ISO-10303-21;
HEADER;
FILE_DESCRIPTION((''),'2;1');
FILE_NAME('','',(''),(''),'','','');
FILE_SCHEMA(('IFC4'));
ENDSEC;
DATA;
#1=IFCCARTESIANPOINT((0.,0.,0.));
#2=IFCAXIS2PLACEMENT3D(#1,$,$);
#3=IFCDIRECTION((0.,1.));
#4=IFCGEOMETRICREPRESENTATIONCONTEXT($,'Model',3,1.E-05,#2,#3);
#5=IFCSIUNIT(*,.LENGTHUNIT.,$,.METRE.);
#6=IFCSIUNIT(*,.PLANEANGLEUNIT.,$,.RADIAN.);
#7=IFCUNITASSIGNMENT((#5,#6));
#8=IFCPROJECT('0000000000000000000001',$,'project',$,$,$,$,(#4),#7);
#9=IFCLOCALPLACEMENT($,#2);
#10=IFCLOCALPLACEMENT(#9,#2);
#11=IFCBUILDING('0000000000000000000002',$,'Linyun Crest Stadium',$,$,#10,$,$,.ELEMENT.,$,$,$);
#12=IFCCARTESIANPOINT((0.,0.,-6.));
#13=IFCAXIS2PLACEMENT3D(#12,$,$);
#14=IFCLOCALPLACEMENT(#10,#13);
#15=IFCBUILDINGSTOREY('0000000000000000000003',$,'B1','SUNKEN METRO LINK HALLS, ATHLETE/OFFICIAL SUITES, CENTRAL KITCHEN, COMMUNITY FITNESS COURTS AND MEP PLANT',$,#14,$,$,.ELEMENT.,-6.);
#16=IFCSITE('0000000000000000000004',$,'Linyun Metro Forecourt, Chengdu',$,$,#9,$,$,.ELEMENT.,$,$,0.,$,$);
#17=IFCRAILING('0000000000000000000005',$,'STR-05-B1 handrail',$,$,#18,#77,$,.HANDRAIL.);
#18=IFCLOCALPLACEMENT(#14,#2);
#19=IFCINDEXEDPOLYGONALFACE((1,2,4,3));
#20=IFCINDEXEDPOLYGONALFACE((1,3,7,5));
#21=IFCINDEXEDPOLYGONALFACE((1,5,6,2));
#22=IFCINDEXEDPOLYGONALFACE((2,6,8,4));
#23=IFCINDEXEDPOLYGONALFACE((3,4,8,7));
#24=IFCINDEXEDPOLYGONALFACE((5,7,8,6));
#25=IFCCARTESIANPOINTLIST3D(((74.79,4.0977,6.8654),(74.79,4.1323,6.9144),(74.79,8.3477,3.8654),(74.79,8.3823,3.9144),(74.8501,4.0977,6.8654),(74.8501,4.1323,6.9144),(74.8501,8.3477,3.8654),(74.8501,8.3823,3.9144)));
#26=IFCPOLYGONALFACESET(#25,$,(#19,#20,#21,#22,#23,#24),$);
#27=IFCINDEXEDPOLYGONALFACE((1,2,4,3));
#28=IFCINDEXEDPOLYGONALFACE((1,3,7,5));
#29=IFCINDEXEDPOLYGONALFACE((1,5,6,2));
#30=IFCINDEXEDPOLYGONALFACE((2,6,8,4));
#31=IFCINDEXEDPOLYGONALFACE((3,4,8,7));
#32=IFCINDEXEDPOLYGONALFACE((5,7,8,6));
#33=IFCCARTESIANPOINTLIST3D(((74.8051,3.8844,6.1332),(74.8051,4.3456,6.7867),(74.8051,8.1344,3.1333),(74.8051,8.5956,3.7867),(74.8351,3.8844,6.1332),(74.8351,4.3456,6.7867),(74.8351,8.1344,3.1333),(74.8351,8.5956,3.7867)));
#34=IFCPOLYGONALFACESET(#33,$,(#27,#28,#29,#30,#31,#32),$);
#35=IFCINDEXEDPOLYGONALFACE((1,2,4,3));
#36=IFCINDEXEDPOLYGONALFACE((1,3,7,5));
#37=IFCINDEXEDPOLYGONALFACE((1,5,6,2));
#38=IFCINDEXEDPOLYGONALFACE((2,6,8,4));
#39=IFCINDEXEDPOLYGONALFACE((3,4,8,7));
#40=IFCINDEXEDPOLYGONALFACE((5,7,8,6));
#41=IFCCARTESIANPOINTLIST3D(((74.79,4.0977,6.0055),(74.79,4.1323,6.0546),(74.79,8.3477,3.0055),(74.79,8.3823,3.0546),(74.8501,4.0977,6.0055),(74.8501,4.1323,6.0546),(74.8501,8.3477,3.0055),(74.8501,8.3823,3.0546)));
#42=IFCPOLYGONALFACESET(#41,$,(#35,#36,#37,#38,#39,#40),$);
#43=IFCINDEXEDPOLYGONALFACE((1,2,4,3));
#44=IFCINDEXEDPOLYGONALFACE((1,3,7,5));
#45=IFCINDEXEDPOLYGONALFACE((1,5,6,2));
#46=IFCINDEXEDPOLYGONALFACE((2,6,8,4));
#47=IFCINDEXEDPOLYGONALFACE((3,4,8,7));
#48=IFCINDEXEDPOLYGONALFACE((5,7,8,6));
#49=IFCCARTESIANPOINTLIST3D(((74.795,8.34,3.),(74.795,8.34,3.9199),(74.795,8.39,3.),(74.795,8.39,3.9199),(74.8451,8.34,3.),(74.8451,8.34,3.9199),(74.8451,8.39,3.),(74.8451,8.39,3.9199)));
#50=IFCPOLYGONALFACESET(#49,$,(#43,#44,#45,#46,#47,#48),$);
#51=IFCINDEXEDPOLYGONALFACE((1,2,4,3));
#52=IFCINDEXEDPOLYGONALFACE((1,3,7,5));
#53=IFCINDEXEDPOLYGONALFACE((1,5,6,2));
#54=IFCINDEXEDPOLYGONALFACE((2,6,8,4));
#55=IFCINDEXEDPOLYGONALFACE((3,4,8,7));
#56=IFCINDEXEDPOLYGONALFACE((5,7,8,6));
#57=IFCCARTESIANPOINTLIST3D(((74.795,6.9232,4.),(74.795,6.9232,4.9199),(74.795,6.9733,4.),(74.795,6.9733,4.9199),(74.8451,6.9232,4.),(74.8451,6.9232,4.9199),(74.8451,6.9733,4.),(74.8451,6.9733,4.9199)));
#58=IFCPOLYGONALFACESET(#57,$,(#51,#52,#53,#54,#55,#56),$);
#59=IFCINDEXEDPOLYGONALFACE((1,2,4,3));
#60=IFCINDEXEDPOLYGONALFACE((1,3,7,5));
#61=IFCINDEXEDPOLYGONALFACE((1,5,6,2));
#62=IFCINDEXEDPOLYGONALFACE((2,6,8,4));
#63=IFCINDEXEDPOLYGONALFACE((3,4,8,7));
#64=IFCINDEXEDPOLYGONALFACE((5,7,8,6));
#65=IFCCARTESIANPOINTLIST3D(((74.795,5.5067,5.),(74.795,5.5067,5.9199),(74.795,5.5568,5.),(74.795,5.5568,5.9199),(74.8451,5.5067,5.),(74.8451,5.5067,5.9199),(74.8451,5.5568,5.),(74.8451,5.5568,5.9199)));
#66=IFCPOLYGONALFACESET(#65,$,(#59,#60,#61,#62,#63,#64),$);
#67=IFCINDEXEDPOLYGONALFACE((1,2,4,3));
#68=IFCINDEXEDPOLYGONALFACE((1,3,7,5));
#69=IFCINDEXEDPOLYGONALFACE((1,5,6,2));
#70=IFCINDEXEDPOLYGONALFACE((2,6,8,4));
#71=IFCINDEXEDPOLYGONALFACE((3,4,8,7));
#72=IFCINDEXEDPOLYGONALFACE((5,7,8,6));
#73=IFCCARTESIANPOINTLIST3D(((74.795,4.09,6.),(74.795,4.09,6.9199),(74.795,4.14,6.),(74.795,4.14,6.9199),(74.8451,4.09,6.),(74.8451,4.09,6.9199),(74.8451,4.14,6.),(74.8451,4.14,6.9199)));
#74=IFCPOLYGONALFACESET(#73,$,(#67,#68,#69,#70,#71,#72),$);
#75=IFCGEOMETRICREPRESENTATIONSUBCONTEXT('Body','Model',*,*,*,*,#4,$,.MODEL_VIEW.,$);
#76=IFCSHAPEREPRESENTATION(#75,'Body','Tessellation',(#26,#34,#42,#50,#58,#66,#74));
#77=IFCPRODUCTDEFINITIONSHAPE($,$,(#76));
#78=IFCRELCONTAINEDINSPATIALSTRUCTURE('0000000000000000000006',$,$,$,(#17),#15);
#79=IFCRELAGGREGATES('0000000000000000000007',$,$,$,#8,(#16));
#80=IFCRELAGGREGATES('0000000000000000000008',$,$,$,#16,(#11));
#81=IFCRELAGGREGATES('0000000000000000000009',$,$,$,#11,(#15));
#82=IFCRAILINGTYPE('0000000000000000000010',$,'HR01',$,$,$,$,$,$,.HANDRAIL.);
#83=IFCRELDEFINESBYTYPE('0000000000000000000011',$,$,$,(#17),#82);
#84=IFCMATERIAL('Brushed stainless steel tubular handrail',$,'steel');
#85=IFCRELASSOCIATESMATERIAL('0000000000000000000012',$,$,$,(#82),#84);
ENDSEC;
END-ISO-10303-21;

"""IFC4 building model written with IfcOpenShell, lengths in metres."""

from ifc_helpers import new_model, si_unit, direction, frame, origin, origin_2d, place, context, subcontext, project, spatial, rectangle, extrude, material, type_object, element, save


model = new_model("IFC4")

# Units and contexts
model_context = context("Model", 3, precision=1e-05, world=origin(), true_north=direction((0.0, 1.0)))
body_context = subcontext(model_context, "Body", "Model", "MODEL_VIEW")
ifc_project = project(units=[si_unit("LENGTHUNIT", "METRE"), si_unit("PLANEANGLEUNIT", "RADIAN")], contexts=[model_context])

# Site, building, storey
site_placement = place(None, origin())
site = spatial("IfcSite", under=ifc_project, at=site_placement, Name="Linyun Metro Forecourt, Chengdu", CompositionType="ELEMENT", RefElevation=0.0)
building_placement = place(site_placement, origin())
building = spatial("IfcBuilding", under=site, at=building_placement, Name="Linyun Crest Stadium", CompositionType="ELEMENT")
storey_placement = place(building_placement, frame((0.0, 0.0, -6.0)))
storey = spatial("IfcBuildingStorey", under=building, at=storey_placement, Name="B1", Description="SUNKEN METRO LINK HALLS, ATHLETE/OFFICIAL SUITES, CENTRAL KITCHEN, COMMUNITY FITNESS COURTS AND MEP PLANT", CompositionType="ELEMENT", Elevation=-6.0)

# Railing
ifc_material_1 = material(Name="Brushed stainless steel tubular handrail", Category="steel")
railing_type_1 = type_object("IfcRailingType", Name="HR01", PredefinedType="HANDRAIL", material=ifc_material_1)
railing_1_placement = place(storey_placement, frame((74.8201, 8.365, 3.0)))
element("IfcRailing", 1, at=railing_1_placement, inside=storey, type_object=railing_type_1, Name="STR-05-B1 handrail", PredefinedType="HANDRAIL", context=body_context, shape_type="SweptSolid", body=[
    extrude(rectangle(XDim=0.0601, YDim=0.0601, at=origin_2d()), frame((0.0, 0.0, 0.8899), z_axis=(0.0, -0.816968, 0.576683), x_axis=(1.0, 0.0, 0.0)), (0.0, 0.0, 1.0), 5.2021),
    extrude(rectangle(XDim=0.03, YDim=0.7998, at=origin_2d()), frame((0.0, 0.0, 0.46), z_axis=(0.0, -0.816968, 0.576683), x_axis=(1.0, 0.0, 0.0)), (0.0, 0.0, 1.0), 5.2021),
    extrude(rectangle(XDim=0.0601, YDim=0.0601, at=origin_2d()), frame((0.0, 0.0, 0.03), z_axis=(0.0, -0.816968, 0.576683), x_axis=(1.0, 0.0, 0.0)), (0.0, 0.0, 1.0), 5.2021),
    extrude(rectangle(XDim=0.05, YDim=0.05, at=origin_2d()), origin(), (0.0, 0.0, 1.0), 0.9199),
    extrude(rectangle(XDim=0.05, YDim=0.05, at=origin_2d()), frame((0.0, -1.4167, 1.0)), (0.0, 0.0, 1.0), 0.9199),
    extrude(rectangle(XDim=0.05, YDim=0.05, at=origin_2d()), frame((0.0, -2.8333, 2.0)), (0.0, 0.0, 1.0), 0.9199),
    extrude(rectangle(XDim=0.05, YDim=0.05, at=origin_2d()), frame((0.0, -4.25, 3.0)), (0.0, 0.0, 1.0), 0.9199),
])

save(model, "model.ifc")
